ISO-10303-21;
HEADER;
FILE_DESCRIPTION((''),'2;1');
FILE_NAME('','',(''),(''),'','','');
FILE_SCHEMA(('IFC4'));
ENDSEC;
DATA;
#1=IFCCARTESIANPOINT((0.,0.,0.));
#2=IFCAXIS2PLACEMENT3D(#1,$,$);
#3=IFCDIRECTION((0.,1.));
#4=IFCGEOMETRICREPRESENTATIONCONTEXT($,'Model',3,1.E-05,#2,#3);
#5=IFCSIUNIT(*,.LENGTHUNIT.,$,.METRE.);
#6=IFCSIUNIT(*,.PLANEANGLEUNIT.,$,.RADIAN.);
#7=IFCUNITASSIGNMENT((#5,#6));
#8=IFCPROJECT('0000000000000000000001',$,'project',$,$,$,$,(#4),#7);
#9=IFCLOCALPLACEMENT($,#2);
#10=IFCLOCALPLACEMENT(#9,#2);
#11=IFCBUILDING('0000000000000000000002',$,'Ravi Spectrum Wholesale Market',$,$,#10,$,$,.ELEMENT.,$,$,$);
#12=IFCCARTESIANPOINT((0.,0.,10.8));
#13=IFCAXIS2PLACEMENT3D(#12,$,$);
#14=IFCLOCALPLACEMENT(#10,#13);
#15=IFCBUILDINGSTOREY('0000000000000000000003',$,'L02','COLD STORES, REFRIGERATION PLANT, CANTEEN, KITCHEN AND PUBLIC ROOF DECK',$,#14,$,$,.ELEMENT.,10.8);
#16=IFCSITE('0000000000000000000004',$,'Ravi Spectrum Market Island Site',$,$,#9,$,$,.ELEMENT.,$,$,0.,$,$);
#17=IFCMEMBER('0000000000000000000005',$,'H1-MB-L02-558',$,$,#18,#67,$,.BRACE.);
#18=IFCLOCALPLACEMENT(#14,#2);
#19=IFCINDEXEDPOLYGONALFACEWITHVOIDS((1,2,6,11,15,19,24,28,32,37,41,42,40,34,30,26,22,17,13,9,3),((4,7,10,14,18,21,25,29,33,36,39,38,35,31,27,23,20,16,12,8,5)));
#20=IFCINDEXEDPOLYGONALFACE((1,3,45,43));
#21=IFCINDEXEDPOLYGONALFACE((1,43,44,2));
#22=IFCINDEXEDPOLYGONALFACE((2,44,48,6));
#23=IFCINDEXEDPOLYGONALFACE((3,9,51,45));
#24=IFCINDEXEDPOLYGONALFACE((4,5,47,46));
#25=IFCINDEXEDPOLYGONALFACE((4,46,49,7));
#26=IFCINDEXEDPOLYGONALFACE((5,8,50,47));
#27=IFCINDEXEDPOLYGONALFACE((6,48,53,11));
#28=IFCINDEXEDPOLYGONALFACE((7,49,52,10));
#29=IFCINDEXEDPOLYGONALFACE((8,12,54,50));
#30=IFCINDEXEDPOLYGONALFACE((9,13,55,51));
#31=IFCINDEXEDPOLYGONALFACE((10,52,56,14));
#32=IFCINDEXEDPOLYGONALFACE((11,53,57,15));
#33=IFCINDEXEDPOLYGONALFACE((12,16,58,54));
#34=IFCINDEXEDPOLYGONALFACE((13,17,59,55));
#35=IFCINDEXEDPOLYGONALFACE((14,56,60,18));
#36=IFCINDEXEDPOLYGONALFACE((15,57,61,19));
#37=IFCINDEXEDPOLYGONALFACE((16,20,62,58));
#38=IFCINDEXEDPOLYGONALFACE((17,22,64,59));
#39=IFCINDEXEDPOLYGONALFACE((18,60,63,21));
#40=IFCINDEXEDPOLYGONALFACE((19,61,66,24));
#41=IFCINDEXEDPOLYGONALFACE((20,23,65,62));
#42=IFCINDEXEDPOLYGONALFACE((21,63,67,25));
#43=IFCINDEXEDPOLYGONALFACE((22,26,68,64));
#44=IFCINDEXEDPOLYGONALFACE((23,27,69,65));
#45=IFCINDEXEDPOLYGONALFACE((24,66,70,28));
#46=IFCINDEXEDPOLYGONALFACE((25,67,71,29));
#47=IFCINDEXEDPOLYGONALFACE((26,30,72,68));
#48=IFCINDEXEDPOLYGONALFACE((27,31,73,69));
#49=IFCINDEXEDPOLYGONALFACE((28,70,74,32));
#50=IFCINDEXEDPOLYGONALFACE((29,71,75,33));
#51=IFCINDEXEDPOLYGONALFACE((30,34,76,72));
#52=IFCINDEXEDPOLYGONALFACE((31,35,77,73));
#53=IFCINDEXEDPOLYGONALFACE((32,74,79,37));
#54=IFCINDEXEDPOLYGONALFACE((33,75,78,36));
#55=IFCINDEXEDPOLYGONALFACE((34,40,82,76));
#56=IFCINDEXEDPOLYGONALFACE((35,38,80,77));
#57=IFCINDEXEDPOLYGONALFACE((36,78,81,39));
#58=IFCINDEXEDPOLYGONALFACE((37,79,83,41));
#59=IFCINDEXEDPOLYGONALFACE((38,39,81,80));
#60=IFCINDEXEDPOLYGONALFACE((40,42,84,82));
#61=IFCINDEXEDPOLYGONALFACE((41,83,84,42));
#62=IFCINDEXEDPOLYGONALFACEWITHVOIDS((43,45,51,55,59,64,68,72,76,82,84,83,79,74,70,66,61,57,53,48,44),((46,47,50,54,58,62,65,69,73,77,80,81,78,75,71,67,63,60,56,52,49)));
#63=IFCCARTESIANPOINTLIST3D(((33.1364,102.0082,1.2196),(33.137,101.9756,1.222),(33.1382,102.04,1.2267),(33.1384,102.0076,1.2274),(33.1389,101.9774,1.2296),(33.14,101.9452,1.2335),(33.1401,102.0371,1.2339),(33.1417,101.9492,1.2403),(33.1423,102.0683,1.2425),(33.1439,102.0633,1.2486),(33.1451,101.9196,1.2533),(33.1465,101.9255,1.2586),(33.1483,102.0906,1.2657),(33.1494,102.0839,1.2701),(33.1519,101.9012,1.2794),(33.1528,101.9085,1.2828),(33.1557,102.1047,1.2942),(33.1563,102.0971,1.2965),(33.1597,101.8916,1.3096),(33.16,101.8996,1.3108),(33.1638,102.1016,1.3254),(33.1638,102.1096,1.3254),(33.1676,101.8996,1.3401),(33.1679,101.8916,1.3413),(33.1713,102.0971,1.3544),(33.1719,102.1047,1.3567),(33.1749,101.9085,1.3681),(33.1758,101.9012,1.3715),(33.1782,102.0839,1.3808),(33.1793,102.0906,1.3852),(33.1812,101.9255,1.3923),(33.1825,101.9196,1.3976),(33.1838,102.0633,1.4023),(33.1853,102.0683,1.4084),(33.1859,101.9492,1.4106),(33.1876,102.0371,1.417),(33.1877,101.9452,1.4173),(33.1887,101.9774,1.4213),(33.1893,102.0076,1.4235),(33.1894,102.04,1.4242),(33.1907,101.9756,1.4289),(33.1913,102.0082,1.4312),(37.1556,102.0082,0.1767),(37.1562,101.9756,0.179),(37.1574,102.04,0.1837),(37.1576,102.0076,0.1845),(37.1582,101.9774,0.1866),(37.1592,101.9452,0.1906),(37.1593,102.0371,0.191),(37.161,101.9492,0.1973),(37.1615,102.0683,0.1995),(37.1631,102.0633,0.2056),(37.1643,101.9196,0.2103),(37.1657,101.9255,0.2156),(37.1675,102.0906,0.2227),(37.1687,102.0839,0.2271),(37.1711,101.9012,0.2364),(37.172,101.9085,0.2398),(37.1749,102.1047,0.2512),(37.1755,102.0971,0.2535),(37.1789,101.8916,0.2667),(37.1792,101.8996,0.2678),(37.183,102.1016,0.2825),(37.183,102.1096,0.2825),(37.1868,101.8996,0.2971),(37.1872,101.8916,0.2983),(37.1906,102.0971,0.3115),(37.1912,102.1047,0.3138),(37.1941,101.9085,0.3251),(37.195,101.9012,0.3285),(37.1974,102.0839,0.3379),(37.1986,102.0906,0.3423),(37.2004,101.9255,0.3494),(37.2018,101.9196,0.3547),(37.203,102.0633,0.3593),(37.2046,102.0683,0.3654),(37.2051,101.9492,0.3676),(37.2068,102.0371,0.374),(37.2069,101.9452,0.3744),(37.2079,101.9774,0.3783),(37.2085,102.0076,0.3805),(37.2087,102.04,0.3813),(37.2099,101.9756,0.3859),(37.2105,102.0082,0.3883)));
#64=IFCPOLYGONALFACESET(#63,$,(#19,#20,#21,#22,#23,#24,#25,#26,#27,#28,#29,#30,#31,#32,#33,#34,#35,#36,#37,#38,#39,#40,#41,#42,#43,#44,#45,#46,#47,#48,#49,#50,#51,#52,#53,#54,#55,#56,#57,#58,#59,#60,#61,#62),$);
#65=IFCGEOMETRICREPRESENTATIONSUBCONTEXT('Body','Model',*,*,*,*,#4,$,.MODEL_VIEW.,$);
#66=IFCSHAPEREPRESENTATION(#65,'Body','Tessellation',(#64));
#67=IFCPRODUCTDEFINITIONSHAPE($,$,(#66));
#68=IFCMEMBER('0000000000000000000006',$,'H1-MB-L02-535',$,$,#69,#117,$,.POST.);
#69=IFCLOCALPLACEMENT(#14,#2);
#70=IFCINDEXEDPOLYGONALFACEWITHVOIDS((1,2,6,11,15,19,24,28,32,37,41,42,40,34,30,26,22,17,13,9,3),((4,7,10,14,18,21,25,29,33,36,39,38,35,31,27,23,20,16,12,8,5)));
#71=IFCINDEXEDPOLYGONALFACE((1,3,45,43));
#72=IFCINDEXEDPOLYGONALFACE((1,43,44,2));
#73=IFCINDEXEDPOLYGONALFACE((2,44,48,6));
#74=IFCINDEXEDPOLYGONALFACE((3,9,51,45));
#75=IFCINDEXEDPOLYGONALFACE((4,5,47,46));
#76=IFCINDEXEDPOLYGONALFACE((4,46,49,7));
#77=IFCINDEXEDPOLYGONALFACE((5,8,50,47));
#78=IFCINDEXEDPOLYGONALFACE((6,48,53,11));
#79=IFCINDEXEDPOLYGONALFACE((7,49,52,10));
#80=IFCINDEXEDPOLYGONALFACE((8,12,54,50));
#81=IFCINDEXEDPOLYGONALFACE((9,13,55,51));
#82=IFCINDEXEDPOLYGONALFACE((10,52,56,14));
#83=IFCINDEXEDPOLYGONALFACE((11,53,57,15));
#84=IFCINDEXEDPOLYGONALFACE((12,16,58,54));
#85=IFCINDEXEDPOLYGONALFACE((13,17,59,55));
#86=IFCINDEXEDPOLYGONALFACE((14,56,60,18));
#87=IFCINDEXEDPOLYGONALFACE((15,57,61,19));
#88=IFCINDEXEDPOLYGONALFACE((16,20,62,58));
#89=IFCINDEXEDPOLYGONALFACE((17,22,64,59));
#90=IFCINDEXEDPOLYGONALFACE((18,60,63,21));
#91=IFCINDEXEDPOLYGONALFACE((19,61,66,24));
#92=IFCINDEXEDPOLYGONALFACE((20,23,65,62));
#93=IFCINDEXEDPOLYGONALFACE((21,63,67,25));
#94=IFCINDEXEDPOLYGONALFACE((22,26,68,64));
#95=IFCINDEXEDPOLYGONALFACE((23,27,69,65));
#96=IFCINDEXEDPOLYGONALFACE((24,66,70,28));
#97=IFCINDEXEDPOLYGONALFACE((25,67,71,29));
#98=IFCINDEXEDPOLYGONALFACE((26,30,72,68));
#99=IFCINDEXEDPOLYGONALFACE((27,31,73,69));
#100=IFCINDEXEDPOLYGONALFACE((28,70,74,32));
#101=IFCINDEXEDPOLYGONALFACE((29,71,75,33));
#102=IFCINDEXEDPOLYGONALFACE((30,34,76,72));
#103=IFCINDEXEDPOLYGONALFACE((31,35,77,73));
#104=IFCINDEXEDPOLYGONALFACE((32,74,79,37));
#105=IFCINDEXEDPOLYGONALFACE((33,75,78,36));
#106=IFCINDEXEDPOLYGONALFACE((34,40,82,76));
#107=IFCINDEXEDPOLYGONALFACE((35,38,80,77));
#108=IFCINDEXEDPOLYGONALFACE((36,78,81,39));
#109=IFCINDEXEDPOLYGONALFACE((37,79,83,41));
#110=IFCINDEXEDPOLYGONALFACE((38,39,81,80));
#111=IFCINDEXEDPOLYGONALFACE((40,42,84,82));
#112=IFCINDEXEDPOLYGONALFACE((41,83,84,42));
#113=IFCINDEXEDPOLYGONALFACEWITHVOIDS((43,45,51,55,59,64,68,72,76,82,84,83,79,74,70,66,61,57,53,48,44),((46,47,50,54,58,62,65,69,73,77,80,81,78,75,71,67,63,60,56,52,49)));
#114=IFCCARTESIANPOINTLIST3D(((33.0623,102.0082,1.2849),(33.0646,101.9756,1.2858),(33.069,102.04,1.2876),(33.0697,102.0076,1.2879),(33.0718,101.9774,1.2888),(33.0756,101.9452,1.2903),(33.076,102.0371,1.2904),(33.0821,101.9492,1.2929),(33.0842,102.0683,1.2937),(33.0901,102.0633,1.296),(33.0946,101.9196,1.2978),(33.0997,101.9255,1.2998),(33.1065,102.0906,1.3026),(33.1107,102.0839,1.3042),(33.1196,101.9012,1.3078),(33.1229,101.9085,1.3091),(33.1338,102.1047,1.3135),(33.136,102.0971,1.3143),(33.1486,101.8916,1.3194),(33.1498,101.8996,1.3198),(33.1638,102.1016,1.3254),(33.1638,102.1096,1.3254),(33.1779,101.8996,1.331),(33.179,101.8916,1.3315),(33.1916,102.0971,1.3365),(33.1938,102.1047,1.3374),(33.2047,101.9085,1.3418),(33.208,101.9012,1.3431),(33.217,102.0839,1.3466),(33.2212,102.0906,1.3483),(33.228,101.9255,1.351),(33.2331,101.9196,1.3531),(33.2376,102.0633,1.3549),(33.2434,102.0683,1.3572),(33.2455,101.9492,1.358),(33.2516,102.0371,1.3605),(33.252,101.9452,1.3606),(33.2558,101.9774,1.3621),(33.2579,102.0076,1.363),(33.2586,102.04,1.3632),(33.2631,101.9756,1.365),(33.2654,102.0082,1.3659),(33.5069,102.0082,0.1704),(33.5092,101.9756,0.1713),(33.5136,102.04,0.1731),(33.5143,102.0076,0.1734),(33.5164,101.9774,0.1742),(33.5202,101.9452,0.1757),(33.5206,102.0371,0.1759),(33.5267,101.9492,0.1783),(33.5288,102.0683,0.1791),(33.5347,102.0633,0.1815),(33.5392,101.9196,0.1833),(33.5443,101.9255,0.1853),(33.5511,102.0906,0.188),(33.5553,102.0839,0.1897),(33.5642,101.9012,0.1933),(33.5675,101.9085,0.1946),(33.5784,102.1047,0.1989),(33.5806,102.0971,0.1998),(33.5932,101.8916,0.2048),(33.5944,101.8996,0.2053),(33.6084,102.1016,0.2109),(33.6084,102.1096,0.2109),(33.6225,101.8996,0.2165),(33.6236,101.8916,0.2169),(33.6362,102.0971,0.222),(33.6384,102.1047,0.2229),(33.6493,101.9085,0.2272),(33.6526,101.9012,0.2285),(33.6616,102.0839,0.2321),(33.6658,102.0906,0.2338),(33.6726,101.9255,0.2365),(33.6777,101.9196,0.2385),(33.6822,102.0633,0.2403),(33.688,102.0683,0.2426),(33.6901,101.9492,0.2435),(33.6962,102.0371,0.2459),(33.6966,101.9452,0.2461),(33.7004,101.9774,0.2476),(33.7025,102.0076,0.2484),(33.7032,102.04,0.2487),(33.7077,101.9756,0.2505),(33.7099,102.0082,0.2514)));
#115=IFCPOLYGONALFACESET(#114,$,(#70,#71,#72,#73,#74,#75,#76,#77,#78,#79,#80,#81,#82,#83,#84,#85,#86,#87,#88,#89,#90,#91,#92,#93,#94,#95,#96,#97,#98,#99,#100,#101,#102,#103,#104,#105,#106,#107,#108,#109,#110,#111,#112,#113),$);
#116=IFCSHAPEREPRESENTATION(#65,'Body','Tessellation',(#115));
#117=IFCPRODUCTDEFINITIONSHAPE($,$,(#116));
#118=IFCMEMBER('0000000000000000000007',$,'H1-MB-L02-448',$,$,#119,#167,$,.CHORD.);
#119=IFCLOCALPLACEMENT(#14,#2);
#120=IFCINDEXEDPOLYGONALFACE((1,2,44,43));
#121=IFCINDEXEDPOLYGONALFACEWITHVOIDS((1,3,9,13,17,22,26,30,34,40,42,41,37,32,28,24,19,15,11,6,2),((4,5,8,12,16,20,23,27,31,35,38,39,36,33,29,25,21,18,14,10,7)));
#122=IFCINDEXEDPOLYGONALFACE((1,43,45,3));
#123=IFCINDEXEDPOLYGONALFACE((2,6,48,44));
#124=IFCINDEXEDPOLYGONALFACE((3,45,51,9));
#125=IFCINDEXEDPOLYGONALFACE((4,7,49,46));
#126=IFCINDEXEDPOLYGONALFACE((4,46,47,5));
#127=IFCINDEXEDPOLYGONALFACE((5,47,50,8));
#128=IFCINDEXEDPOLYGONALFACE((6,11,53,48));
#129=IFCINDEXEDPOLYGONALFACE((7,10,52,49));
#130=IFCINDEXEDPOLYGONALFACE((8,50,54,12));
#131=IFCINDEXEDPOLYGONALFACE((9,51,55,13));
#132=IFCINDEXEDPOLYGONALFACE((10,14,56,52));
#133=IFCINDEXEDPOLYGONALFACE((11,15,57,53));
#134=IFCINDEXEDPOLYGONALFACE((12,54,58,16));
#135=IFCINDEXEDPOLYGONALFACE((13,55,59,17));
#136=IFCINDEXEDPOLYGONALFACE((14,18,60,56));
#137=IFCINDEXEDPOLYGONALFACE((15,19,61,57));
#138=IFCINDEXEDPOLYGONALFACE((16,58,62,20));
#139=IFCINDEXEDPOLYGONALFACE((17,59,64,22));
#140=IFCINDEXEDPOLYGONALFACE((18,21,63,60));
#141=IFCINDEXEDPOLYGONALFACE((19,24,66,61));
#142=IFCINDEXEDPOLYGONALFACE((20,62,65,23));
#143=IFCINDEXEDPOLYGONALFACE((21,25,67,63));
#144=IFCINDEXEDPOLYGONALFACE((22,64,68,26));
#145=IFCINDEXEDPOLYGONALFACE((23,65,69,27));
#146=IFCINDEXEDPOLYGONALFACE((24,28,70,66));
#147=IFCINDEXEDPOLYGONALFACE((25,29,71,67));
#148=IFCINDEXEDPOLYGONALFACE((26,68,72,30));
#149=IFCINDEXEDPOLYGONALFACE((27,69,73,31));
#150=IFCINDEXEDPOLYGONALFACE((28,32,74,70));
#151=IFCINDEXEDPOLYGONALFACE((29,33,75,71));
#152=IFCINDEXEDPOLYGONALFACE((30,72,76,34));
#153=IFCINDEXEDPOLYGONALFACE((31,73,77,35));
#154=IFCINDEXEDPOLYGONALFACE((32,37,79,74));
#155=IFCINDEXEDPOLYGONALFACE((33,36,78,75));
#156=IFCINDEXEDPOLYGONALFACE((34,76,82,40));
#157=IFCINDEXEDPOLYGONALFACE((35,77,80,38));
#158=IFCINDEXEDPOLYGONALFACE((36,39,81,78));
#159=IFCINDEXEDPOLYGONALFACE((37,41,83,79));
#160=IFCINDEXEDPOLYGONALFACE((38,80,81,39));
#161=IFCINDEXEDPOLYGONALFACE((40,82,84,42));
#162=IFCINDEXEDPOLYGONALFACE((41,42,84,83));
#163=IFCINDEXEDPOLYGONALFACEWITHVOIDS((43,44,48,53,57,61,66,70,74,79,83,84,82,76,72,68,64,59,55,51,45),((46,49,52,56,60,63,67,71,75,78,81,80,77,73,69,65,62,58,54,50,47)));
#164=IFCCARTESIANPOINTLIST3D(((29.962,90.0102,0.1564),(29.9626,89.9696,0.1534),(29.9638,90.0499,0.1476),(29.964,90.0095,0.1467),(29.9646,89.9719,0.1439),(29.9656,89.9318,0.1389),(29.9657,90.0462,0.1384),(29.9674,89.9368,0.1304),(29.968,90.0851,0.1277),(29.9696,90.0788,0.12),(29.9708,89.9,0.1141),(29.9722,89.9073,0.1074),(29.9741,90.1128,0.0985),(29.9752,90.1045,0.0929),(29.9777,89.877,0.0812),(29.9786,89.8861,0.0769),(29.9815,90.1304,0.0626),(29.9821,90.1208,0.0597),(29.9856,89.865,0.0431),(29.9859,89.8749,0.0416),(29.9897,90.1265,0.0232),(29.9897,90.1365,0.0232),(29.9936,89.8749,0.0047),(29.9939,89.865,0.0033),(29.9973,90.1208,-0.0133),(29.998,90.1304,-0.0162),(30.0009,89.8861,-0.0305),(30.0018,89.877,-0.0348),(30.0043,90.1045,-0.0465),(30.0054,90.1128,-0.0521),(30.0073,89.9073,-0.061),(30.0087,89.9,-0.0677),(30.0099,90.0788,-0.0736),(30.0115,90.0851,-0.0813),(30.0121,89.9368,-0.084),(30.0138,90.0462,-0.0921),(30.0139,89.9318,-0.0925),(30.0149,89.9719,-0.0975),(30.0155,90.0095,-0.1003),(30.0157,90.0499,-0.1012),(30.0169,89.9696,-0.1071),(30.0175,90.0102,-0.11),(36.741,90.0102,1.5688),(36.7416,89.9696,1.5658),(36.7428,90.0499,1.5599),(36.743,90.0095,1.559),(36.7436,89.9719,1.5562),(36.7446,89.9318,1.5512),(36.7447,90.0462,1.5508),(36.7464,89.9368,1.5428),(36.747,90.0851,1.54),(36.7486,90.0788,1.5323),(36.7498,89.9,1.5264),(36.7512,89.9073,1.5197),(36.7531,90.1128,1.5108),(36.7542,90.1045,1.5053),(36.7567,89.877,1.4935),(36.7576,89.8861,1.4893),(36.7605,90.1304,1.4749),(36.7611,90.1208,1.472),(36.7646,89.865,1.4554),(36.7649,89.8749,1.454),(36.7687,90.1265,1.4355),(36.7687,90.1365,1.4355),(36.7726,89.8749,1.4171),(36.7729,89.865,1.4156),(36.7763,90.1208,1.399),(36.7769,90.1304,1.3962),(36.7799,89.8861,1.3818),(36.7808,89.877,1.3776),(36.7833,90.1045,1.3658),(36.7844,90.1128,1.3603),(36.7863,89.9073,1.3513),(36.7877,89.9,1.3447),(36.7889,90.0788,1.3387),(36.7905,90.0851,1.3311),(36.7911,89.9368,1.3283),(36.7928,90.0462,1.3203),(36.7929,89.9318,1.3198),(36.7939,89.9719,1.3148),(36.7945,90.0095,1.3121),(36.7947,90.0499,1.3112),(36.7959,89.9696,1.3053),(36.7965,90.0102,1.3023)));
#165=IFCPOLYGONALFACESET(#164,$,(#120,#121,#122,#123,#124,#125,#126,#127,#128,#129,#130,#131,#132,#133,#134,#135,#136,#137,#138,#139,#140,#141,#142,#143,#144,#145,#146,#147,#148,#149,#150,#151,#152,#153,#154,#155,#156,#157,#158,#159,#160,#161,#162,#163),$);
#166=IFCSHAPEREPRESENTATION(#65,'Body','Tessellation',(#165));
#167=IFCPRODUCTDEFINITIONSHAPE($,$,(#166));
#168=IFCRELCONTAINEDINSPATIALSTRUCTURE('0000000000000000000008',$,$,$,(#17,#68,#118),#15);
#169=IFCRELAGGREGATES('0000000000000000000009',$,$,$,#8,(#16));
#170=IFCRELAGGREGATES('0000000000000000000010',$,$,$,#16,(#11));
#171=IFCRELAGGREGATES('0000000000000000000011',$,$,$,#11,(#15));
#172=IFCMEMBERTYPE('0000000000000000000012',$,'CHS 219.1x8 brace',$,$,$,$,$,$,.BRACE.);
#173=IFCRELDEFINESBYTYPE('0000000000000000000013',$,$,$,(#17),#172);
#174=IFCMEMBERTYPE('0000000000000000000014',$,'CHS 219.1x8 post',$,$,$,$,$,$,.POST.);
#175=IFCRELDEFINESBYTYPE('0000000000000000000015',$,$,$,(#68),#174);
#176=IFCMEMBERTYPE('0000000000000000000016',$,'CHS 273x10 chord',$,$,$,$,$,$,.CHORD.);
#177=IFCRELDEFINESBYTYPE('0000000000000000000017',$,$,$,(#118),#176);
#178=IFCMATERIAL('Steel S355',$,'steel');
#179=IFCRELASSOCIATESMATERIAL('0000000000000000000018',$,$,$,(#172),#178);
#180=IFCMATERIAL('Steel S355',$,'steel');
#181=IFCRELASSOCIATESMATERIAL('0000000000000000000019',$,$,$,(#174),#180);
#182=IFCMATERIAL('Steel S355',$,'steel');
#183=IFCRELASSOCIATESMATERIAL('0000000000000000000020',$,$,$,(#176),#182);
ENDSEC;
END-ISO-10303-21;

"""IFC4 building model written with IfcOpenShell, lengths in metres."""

from ifc_helpers import new_model, si_unit, direction, frame, origin, origin_2d, place, context, subcontext, project, spatial, hollow_circle, extrude, material, material_profile, profile_set, type_object, element, save


model = new_model("IFC4")

# Units and contexts
model_context = context("Model", 3, precision=1e-05, world=origin(), true_north=direction((0.0, 1.0)))
body_context = subcontext(model_context, "Body", "Model", "MODEL_VIEW")
ifc_project = project(units=[si_unit("LENGTHUNIT", "METRE"), si_unit("PLANEANGLEUNIT", "RADIAN")], contexts=[model_context])

# Site, building, storey
site_placement = place(None, origin())
site = spatial("IfcSite", under=ifc_project, at=site_placement, Name="Ravi Spectrum Market Island Site", CompositionType="ELEMENT", RefElevation=0.0)
building_placement = place(site_placement, origin())
building = spatial("IfcBuilding", under=site, at=building_placement, Name="Ravi Spectrum Wholesale Market", CompositionType="ELEMENT")
storey_placement = place(building_placement, frame((0.0, 0.0, 10.8)))
storey = spatial("IfcBuildingStorey", under=building, at=storey_placement, Name="L02", Description="COLD STORES, REFRIGERATION PLANT, CANTEEN, KITCHEN AND PUBLIC ROOF DECK", CompositionType="ELEMENT", Elevation=10.8)

# Members
ifc_material_1 = material(Name="Steel S355", Category="steel")
ifc_material_profile_1 = material_profile(ifc_material_1, hollow_circle(Radius=0.1096, WallThickness=0.0081, at=origin_2d()))
ifc_profile_set_1 = profile_set([ifc_material_profile_1], Name="Steel S355")
member_type_1 = type_object("IfcMemberType", Name="CHS 219.1x8 brace", PredefinedType="BRACE", material=ifc_profile_set_1)
member_1_placement = place(storey_placement, frame((33.1638, 102.0, 1.3254), z_axis=(0.967942, 0.0, -0.251172), x_axis=(0.0, 1.0, 0.0)))
element("IfcMember", 1, at=member_1_placement, inside=storey, type_object=member_type_1, Name="H1-MB-L02-558", PredefinedType="BRACE", context=body_context, shape_type="SweptSolid", body=[
    extrude(hollow_circle(Radius=0.1096, WallThickness=0.0081, at=origin_2d()), origin(), (0.0, 0.0, 1.0), 4.1523),
])
ifc_material_2 = material(Name="Steel S355", Category="steel")
ifc_material_profile_2 = material_profile(ifc_material_2, hollow_circle(Radius=0.1096, WallThickness=0.0081, at=origin_2d()))
ifc_profile_set_2 = profile_set([ifc_material_profile_2], Name="Steel S355")
member_type_2 = type_object("IfcMemberType", Name="CHS 219.1x8 post", PredefinedType="POST", material=ifc_profile_set_2)
member_2_placement = place(storey_placement, frame((33.1638, 102.0, 1.3254), z_axis=(0.370513, 0.0, -0.928827), x_axis=(0.0, 1.0, 0.0)))
element("IfcMember", 2, at=member_2_placement, inside=storey, type_object=member_type_2, Name="H1-MB-L02-535", PredefinedType="POST", context=body_context, shape_type="SweptSolid", body=[
    extrude(hollow_circle(Radius=0.1096, WallThickness=0.0081, at=origin_2d()), origin(), (0.0, 0.0, 1.0), 1.2),
])
ifc_material_3 = material(Name="Steel S355", Category="steel")
ifc_material_profile_3 = material_profile(ifc_material_3, hollow_circle(Radius=0.1365, WallThickness=0.01, at=origin_2d()))
ifc_profile_set_3 = profile_set([ifc_material_profile_3], Name="Steel S355")
member_type_3 = type_object("IfcMemberType", Name="CHS 273x10 chord", PredefinedType="CHORD", material=ifc_profile_set_3)
member_3_placement = place(storey_placement, frame((29.9897, 90.0, 0.0232), z_axis=(0.978979, 0.0, 0.203961), x_axis=(0.0, 1.0, 0.0)))
element("IfcMember", 3, at=member_3_placement, inside=storey, type_object=member_type_3, Name="H1-MB-L02-448", PredefinedType="CHORD", context=body_context, shape_type="SweptSolid", body=[
    extrude(hollow_circle(Radius=0.1365, WallThickness=0.01, at=origin_2d()), origin(), (0.0, 0.0, 1.0), 6.9246),
])

save(model, "model.ifc")
